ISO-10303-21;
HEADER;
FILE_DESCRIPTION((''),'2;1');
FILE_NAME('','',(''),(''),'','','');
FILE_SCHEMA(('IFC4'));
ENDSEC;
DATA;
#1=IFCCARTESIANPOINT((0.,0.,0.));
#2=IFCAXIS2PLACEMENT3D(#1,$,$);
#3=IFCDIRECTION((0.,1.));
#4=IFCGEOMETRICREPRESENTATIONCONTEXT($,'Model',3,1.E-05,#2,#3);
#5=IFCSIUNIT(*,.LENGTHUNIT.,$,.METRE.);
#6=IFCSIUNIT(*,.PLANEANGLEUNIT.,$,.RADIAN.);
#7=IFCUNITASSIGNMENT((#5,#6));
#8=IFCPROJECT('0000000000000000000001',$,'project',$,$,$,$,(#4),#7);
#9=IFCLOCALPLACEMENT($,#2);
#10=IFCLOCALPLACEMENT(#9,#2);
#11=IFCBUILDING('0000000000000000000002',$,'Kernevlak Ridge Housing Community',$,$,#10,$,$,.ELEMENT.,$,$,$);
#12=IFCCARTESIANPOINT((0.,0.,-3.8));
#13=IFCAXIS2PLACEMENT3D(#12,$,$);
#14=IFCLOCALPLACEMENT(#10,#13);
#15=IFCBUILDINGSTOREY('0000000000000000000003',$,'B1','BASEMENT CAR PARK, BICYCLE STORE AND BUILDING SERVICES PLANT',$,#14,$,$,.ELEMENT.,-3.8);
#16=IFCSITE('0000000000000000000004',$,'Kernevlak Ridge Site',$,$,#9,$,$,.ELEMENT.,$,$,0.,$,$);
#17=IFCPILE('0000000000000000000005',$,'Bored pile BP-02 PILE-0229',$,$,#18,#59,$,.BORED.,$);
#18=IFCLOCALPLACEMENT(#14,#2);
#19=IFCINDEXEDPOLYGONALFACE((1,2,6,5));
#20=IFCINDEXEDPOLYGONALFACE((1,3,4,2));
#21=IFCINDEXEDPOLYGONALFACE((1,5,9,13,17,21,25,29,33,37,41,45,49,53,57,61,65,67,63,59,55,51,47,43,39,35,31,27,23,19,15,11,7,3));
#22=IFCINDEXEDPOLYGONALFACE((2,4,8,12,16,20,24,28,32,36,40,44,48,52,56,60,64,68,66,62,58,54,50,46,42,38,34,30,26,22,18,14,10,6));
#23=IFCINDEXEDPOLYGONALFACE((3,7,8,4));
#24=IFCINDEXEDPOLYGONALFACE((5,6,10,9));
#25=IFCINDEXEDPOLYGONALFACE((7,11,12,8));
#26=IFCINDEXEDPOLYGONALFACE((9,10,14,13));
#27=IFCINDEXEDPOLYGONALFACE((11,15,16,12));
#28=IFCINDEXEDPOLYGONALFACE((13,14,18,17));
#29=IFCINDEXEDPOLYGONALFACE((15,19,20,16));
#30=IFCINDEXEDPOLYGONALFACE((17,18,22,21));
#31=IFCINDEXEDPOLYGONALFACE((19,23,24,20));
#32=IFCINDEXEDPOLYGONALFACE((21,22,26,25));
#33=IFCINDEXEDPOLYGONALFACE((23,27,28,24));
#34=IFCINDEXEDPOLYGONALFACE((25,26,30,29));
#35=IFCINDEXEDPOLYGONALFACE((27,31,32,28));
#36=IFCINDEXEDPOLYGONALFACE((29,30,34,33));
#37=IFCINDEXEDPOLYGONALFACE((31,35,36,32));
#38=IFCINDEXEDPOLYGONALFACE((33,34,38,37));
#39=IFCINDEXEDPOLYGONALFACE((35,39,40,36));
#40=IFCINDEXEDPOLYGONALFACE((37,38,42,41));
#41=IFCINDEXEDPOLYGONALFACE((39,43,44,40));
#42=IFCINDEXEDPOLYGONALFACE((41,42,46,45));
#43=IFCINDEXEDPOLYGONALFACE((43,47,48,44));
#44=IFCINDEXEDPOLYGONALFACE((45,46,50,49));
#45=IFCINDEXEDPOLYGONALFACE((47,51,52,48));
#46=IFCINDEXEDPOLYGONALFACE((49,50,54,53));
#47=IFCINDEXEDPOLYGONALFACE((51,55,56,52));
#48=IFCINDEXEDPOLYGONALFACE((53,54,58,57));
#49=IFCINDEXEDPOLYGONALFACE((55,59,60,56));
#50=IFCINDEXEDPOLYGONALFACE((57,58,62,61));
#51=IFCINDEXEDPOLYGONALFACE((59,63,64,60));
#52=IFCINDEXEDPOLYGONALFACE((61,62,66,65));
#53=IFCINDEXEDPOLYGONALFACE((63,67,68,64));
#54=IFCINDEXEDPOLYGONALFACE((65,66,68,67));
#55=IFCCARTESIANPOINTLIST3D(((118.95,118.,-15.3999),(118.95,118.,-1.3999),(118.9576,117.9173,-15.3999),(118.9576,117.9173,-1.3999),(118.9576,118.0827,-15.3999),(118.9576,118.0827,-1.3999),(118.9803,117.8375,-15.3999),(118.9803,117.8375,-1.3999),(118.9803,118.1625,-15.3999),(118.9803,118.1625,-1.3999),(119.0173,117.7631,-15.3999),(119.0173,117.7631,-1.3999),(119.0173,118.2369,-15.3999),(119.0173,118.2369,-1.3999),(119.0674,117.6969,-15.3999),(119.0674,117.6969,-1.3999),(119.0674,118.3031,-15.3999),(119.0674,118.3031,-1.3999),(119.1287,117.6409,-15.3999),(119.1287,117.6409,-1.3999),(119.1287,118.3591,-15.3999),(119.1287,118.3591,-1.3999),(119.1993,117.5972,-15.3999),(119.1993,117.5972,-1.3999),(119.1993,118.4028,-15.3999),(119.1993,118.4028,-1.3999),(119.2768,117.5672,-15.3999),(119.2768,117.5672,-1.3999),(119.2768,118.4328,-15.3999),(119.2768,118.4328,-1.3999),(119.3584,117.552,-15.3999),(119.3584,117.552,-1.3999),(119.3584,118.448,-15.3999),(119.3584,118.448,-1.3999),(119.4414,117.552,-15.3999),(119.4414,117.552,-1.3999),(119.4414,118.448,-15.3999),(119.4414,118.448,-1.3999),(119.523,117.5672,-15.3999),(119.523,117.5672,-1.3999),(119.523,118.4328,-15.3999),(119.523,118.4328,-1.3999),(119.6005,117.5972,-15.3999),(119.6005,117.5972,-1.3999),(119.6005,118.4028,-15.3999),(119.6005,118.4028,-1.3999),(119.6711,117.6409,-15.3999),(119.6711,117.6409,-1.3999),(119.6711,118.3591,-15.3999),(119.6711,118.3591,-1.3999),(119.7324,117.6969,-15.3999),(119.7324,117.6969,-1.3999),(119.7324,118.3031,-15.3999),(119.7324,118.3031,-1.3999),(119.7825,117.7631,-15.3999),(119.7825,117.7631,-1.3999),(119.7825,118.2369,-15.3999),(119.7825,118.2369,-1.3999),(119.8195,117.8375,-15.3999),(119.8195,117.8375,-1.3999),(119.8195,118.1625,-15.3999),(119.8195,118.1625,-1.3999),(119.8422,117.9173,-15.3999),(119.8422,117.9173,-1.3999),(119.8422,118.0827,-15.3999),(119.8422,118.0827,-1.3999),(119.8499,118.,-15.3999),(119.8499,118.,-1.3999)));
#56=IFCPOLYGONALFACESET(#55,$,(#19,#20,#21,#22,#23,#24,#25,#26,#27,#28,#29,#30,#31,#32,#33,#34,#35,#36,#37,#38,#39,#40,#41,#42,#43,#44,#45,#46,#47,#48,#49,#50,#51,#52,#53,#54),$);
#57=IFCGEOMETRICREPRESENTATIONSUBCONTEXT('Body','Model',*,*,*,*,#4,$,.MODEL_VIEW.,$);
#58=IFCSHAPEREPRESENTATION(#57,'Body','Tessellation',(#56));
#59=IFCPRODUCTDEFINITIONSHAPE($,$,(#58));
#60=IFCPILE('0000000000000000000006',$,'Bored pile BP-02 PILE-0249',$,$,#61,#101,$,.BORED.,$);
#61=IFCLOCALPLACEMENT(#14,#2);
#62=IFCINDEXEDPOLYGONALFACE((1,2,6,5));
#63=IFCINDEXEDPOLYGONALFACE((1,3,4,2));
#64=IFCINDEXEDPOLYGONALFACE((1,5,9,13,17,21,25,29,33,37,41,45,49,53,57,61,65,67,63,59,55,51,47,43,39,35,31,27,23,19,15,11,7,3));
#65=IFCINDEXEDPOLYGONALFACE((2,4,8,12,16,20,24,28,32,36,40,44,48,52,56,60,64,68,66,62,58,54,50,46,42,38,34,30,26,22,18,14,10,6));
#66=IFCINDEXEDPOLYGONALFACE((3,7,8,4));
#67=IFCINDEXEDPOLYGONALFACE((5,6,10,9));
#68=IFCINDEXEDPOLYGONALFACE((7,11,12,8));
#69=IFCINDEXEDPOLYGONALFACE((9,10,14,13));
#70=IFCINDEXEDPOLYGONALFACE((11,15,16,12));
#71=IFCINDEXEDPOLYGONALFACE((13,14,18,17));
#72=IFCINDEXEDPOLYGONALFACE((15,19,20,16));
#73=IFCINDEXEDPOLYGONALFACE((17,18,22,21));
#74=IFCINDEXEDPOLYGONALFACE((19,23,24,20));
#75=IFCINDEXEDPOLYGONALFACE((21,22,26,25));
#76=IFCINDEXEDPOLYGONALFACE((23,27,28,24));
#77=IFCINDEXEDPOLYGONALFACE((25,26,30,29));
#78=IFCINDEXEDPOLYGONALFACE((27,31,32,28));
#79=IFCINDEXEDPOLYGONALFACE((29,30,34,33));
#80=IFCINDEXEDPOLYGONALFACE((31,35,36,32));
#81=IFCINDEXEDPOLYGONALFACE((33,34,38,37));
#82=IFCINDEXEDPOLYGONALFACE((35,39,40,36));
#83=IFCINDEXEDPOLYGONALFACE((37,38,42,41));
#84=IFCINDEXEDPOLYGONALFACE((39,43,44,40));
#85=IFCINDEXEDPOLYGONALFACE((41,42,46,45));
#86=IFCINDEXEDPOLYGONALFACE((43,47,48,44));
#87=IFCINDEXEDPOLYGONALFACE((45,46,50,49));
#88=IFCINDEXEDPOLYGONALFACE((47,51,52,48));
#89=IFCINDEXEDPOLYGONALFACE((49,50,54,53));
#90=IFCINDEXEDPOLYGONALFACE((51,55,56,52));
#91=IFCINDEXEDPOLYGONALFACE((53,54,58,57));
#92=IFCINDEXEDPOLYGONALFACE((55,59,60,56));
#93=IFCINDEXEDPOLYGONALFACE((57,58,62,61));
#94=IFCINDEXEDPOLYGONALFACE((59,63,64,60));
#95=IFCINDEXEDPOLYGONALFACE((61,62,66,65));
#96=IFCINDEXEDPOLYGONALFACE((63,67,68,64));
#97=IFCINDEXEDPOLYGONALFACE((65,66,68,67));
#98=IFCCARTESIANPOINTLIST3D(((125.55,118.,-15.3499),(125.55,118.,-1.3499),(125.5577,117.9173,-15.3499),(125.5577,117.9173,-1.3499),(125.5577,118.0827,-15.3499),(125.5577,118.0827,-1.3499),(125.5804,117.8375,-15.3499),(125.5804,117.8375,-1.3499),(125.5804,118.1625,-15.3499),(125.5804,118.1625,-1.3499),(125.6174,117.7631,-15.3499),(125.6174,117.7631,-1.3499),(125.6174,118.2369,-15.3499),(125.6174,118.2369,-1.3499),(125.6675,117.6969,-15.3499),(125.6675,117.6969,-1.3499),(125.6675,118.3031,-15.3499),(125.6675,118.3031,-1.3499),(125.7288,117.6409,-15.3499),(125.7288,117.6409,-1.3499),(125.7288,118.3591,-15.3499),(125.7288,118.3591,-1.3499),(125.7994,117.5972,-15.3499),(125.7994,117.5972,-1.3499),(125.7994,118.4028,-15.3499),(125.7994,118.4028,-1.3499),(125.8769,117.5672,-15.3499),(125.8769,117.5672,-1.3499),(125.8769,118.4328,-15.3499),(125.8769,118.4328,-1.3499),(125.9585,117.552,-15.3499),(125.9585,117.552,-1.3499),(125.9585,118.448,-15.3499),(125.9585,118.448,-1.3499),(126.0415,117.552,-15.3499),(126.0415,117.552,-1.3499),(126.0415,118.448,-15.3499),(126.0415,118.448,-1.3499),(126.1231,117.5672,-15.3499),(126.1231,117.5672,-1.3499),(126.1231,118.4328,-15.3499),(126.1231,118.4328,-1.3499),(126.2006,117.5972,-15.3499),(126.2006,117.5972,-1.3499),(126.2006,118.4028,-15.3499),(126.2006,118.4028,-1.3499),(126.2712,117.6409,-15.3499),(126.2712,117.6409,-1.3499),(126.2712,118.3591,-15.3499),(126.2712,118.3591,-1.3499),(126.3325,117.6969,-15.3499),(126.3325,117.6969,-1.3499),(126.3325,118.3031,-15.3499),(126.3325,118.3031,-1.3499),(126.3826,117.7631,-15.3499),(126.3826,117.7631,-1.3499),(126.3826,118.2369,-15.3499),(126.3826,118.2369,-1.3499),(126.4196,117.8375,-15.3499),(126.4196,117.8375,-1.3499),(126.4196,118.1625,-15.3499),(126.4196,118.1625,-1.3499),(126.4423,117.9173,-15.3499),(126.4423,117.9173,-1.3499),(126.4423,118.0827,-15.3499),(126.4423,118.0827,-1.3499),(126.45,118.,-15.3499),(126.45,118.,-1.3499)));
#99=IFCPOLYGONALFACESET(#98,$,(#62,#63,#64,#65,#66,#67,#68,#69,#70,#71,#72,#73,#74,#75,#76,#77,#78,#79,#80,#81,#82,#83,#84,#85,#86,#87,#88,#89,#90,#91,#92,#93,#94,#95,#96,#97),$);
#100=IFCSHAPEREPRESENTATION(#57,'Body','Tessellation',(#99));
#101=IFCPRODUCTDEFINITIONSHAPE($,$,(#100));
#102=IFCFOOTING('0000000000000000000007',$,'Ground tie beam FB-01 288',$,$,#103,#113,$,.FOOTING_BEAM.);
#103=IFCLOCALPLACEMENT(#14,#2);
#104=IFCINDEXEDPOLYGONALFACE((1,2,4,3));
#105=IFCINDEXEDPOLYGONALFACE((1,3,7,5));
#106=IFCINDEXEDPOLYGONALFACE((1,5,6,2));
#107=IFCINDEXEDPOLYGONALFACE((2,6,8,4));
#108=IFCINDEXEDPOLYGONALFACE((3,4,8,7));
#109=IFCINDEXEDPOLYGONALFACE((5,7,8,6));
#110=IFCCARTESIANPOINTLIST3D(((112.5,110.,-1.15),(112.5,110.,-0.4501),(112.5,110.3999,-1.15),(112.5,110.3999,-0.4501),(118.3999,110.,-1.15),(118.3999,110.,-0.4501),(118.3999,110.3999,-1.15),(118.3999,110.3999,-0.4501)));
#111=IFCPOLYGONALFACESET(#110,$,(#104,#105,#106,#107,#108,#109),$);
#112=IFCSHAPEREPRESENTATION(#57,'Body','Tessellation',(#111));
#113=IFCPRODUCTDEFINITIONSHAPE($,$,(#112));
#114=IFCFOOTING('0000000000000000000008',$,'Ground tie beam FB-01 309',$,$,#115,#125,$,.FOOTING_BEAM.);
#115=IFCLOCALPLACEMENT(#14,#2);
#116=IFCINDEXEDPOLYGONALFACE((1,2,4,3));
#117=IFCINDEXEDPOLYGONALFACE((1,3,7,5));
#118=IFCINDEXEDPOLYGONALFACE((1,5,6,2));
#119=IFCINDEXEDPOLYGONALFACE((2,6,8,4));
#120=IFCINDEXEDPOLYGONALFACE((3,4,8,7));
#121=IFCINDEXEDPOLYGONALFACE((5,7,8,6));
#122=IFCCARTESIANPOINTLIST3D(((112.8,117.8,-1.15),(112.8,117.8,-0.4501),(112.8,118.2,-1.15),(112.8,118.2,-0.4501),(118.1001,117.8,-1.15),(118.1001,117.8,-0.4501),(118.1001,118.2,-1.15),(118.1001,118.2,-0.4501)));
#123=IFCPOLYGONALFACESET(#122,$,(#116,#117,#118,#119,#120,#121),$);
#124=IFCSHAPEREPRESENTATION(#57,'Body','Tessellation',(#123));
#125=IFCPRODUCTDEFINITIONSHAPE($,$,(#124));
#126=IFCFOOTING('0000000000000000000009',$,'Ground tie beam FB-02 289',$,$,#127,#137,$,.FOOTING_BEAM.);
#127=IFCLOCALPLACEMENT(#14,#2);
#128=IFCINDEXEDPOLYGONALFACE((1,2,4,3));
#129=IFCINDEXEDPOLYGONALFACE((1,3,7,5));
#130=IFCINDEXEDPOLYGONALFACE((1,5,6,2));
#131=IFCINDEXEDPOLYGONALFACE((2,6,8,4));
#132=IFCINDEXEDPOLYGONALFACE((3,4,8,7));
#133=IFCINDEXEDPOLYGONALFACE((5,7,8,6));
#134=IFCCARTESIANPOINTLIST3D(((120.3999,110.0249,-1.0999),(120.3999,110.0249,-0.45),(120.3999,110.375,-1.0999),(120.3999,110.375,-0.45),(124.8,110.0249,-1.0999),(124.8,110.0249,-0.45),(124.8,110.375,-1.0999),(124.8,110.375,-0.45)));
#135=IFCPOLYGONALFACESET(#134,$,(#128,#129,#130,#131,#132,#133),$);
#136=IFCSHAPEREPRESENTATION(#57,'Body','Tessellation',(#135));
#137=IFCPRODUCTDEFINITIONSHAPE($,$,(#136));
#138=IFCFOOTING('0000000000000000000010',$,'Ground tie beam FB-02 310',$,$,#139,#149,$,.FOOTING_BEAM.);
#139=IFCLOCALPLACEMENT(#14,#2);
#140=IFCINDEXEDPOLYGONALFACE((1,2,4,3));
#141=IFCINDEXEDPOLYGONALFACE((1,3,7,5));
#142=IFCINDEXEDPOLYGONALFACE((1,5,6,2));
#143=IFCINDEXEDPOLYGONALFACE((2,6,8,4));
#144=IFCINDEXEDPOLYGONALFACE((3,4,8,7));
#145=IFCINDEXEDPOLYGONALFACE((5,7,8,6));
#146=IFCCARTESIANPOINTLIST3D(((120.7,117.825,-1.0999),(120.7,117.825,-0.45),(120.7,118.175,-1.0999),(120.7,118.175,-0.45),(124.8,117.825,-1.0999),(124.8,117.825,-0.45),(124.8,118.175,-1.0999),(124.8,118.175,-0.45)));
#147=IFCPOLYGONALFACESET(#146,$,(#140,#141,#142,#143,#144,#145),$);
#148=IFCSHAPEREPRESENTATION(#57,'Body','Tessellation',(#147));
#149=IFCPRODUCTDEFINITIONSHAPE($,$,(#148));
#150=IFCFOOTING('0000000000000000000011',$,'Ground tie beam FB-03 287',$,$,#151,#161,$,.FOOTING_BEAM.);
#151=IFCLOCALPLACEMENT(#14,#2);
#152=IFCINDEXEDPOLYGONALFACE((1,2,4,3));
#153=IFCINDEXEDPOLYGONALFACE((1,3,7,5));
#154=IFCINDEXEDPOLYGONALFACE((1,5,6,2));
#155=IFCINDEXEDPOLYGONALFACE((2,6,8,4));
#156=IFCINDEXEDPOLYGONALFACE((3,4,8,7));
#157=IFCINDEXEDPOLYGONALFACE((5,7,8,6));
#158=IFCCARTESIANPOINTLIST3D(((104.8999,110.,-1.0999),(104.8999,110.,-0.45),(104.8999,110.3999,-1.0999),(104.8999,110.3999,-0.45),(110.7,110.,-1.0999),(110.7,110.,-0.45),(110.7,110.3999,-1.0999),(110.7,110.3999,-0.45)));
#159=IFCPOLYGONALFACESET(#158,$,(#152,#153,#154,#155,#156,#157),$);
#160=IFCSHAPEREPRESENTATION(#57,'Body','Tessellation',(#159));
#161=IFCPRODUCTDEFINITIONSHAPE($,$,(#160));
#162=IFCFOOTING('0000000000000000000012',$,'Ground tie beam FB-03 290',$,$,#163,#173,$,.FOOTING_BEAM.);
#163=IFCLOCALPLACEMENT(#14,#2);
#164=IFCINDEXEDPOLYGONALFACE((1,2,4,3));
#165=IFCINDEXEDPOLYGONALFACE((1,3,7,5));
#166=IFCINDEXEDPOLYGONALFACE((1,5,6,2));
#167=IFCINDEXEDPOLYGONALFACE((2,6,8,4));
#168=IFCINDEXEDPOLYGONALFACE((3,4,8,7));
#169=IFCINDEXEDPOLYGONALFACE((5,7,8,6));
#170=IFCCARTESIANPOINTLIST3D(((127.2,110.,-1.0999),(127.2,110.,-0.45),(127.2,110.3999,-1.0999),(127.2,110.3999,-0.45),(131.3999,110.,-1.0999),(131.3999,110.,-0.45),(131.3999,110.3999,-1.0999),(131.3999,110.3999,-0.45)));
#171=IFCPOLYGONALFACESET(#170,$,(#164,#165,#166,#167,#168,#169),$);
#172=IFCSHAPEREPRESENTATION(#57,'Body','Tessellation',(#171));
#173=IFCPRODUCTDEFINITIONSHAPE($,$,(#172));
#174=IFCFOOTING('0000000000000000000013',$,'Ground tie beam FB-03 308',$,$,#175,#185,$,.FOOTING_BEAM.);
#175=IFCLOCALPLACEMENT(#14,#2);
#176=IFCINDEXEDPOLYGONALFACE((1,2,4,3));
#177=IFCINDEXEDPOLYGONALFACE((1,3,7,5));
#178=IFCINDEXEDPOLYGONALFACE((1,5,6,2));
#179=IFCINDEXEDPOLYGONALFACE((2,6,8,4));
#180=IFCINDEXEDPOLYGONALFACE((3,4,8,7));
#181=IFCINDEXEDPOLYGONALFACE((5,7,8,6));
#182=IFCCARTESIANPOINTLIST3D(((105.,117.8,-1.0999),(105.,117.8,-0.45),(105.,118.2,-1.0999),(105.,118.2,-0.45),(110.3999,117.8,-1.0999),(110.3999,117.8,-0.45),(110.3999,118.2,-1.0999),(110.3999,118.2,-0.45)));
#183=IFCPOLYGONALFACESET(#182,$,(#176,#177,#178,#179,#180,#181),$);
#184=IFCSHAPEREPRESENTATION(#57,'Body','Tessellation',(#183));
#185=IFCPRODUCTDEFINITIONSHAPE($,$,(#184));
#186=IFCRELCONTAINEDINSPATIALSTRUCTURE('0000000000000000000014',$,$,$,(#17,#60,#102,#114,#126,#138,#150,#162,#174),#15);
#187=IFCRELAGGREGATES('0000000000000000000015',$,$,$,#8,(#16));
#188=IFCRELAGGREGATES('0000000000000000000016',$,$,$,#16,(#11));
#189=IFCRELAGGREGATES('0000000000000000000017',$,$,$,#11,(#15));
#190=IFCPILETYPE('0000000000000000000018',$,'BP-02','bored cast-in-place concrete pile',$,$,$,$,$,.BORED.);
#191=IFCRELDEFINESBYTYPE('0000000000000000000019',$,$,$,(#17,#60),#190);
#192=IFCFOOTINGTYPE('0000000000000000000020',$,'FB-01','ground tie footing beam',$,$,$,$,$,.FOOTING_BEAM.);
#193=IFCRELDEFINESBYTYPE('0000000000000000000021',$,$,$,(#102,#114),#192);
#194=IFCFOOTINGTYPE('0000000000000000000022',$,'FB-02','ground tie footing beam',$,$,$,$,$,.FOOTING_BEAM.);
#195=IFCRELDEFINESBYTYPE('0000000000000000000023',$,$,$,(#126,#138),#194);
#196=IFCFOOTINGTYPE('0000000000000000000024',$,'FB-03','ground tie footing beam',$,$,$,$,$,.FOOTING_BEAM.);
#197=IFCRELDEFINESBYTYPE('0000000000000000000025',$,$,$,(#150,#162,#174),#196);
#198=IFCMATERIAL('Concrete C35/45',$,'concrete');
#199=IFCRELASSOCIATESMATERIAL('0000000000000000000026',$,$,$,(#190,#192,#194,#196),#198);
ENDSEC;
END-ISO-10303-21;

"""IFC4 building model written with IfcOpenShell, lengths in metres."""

from ifc_helpers import new_model, si_unit, direction, frame, origin, origin_2d, place, context, subcontext, project, spatial, rectangle, circle, extrude, material, material_profile, profile_set, type_object, element, save


model = new_model("IFC4")

# Units and contexts
model_context = context("Model", 3, precision=1e-05, world=origin(), true_north=direction((0.0, 1.0)))
body_context = subcontext(model_context, "Body", "Model", "MODEL_VIEW")
ifc_project = project(units=[si_unit("LENGTHUNIT", "METRE"), si_unit("PLANEANGLEUNIT", "RADIAN")], contexts=[model_context])

# Site, building, storey
site_placement = place(None, origin())
site = spatial("IfcSite", under=ifc_project, at=site_placement, Name="Kernevlak Ridge Site", CompositionType="ELEMENT", RefElevation=0.0)
building_placement = place(site_placement, origin())
building = spatial("IfcBuilding", under=site, at=building_placement, Name="Kernevlak Ridge Housing Community", CompositionType="ELEMENT")
storey_placement = place(building_placement, frame((0.0, 0.0, -3.8)))
storey = spatial("IfcBuildingStorey", under=building, at=storey_placement, Name="B1", Description="BASEMENT CAR PARK, BICYCLE STORE AND BUILDING SERVICES PLANT", CompositionType="ELEMENT", Elevation=-3.8)

# Piles
ifc_material_1 = material(Name="Concrete C35/45", Category="concrete")
ifc_material_profile_1 = material_profile(ifc_material_1, circle(Radius=0.45, at=origin_2d()), Name="BORED PILE 900")
ifc_profile_set_1 = profile_set([ifc_material_profile_1], Name="Concrete C35/45")
pile_type_1 = type_object("IfcPileType", Name="BP-02", Description="bored cast-in-place concrete pile", PredefinedType="BORED", material=ifc_profile_set_1)
for number, where, z_axis, x_axis, name in (
    (1, (119.3999, 118.0, -1.3999), (0.0, 0.0, -1.0), (1.0, 0.0, 0.0), "Bored pile BP-02 PILE-0229"),
    (2, (126.0, 118.0, -1.3499), (0.0, 0.0, -1.0), (1.0, 0.0, 0.0), "Bored pile BP-02 PILE-0249"),
):
    element("IfcPile", number, at=place(storey_placement, frame(where, z_axis=z_axis, x_axis=x_axis)), inside=storey, type_object=pile_type_1, Name=name, PredefinedType="BORED", context=body_context, shape_type="SweptSolid", body=[
        extrude(circle(Radius=0.45, at=origin_2d()), origin(), (0.0, 0.0, 1.0), 14.0),
    ])

# Footings
ifc_material_profile_2 = material_profile(ifc_material_1, rectangle(XDim=0.3999, YDim=0.7, at=origin_2d()), Name="RC 400x700")
ifc_profile_set_2 = profile_set([ifc_material_profile_2], Name="Concrete C35/45")
footing_type_1 = type_object("IfcFootingType", Name="FB-01", Description="ground tie footing beam", PredefinedType="FOOTING_BEAM", material=ifc_profile_set_2)
footing_1_placement = place(storey_placement, frame((112.5, 110.2, -0.8), z_axis=(1.0, 0.0, 0.0), x_axis=(0.0, 1.0, 0.0)))
element("IfcFooting", 3, at=footing_1_placement, inside=storey, type_object=footing_type_1, Name="Ground tie beam FB-01 288", PredefinedType="FOOTING_BEAM", context=body_context, shape_type="SweptSolid", body=[
    extrude(rectangle(XDim=0.3999, YDim=0.7, at=origin_2d()), origin(), (0.0, 0.0, 1.0), 5.8999),
])
footing_2_placement = place(storey_placement, frame((112.8, 118.0, -0.8), z_axis=(1.0, 0.0, 0.0), x_axis=(0.0, 1.0, 0.0)))
element("IfcFooting", 4, at=footing_2_placement, inside=storey, type_object=footing_type_1, Name="Ground tie beam FB-01 309", PredefinedType="FOOTING_BEAM", context=body_context, shape_type="SweptSolid", body=[
    extrude(rectangle(XDim=0.3999, YDim=0.7, at=origin_2d()), origin(), (0.0, 0.0, 1.0), 5.3),
])
ifc_material_profile_3 = material_profile(ifc_material_1, rectangle(XDim=0.3501, YDim=0.6499, at=origin_2d()), Name="RC 350x650")
ifc_profile_set_3 = profile_set([ifc_material_profile_3], Name="Concrete C35/45")
footing_type_2 = type_object("IfcFootingType", Name="FB-02", Description="ground tie footing beam", PredefinedType="FOOTING_BEAM", material=ifc_profile_set_3)
footing_3_placement = place(storey_placement, frame((120.3999, 110.2, -0.7749), z_axis=(1.0, 0.0, 0.0), x_axis=(0.0, 1.0, 0.0)))
element("IfcFooting", 5, at=footing_3_placement, inside=storey, type_object=footing_type_2, Name="Ground tie beam FB-02 289", PredefinedType="FOOTING_BEAM", context=body_context, shape_type="SweptSolid", body=[
    extrude(rectangle(XDim=0.3501, YDim=0.6499, at=origin_2d()), origin(), (0.0, 0.0, 1.0), 4.4001),
])
footing_4_placement = place(storey_placement, frame((120.7, 118.0, -0.7749), z_axis=(1.0, 0.0, 0.0), x_axis=(0.0, 1.0, 0.0)))
element("IfcFooting", 6, at=footing_4_placement, inside=storey, type_object=footing_type_2, Name="Ground tie beam FB-02 310", PredefinedType="FOOTING_BEAM", context=body_context, shape_type="SweptSolid", body=[
    extrude(rectangle(XDim=0.3501, YDim=0.6499, at=origin_2d()), origin(), (0.0, 0.0, 1.0), 4.1001),
])
ifc_material_profile_4 = material_profile(ifc_material_1, rectangle(XDim=0.3999, YDim=0.6499, at=origin_2d()), Name="RC 400x650")
ifc_profile_set_4 = profile_set([ifc_material_profile_4], Name="Concrete C35/45")
footing_type_3 = type_object("IfcFootingType", Name="FB-03", Description="ground tie footing beam", PredefinedType="FOOTING_BEAM", material=ifc_profile_set_4)
footing_5_placement = place(storey_placement, frame((104.8999, 110.2, -0.7749), z_axis=(1.0, 0.0, 0.0), x_axis=(0.0, 1.0, 0.0)))
element("IfcFooting", 7, at=footing_5_placement, inside=storey, type_object=footing_type_3, Name="Ground tie beam FB-03 287", PredefinedType="FOOTING_BEAM", context=body_context, shape_type="SweptSolid", body=[
    extrude(rectangle(XDim=0.3999, YDim=0.6499, at=origin_2d()), origin(), (0.0, 0.0, 1.0), 5.8),
])
footing_6_placement = place(storey_placement, frame((127.2, 110.2, -0.7749), z_axis=(1.0, 0.0, 0.0), x_axis=(0.0, 1.0, 0.0)))
element("IfcFooting", 8, at=footing_6_placement, inside=storey, type_object=footing_type_3, Name="Ground tie beam FB-03 290", PredefinedType="FOOTING_BEAM", context=body_context, shape_type="SweptSolid", body=[
    extrude(rectangle(XDim=0.3999, YDim=0.6499, at=origin_2d()), origin(), (0.0, 0.0, 1.0), 4.2),
])
footing_7_placement = place(storey_placement, frame((105.0, 118.0, -0.7749), z_axis=(1.0, 0.0, 0.0), x_axis=(0.0, 1.0, 0.0)))
element("IfcFooting", 9, at=footing_7_placement, inside=storey, type_object=footing_type_3, Name="Ground tie beam FB-03 308", PredefinedType="FOOTING_BEAM", context=body_context, shape_type="SweptSolid", body=[
    extrude(rectangle(XDim=0.3999, YDim=0.6499, at=origin_2d()), origin(), (0.0, 0.0, 1.0), 5.3999),
])

save(model, "model.ifc")
